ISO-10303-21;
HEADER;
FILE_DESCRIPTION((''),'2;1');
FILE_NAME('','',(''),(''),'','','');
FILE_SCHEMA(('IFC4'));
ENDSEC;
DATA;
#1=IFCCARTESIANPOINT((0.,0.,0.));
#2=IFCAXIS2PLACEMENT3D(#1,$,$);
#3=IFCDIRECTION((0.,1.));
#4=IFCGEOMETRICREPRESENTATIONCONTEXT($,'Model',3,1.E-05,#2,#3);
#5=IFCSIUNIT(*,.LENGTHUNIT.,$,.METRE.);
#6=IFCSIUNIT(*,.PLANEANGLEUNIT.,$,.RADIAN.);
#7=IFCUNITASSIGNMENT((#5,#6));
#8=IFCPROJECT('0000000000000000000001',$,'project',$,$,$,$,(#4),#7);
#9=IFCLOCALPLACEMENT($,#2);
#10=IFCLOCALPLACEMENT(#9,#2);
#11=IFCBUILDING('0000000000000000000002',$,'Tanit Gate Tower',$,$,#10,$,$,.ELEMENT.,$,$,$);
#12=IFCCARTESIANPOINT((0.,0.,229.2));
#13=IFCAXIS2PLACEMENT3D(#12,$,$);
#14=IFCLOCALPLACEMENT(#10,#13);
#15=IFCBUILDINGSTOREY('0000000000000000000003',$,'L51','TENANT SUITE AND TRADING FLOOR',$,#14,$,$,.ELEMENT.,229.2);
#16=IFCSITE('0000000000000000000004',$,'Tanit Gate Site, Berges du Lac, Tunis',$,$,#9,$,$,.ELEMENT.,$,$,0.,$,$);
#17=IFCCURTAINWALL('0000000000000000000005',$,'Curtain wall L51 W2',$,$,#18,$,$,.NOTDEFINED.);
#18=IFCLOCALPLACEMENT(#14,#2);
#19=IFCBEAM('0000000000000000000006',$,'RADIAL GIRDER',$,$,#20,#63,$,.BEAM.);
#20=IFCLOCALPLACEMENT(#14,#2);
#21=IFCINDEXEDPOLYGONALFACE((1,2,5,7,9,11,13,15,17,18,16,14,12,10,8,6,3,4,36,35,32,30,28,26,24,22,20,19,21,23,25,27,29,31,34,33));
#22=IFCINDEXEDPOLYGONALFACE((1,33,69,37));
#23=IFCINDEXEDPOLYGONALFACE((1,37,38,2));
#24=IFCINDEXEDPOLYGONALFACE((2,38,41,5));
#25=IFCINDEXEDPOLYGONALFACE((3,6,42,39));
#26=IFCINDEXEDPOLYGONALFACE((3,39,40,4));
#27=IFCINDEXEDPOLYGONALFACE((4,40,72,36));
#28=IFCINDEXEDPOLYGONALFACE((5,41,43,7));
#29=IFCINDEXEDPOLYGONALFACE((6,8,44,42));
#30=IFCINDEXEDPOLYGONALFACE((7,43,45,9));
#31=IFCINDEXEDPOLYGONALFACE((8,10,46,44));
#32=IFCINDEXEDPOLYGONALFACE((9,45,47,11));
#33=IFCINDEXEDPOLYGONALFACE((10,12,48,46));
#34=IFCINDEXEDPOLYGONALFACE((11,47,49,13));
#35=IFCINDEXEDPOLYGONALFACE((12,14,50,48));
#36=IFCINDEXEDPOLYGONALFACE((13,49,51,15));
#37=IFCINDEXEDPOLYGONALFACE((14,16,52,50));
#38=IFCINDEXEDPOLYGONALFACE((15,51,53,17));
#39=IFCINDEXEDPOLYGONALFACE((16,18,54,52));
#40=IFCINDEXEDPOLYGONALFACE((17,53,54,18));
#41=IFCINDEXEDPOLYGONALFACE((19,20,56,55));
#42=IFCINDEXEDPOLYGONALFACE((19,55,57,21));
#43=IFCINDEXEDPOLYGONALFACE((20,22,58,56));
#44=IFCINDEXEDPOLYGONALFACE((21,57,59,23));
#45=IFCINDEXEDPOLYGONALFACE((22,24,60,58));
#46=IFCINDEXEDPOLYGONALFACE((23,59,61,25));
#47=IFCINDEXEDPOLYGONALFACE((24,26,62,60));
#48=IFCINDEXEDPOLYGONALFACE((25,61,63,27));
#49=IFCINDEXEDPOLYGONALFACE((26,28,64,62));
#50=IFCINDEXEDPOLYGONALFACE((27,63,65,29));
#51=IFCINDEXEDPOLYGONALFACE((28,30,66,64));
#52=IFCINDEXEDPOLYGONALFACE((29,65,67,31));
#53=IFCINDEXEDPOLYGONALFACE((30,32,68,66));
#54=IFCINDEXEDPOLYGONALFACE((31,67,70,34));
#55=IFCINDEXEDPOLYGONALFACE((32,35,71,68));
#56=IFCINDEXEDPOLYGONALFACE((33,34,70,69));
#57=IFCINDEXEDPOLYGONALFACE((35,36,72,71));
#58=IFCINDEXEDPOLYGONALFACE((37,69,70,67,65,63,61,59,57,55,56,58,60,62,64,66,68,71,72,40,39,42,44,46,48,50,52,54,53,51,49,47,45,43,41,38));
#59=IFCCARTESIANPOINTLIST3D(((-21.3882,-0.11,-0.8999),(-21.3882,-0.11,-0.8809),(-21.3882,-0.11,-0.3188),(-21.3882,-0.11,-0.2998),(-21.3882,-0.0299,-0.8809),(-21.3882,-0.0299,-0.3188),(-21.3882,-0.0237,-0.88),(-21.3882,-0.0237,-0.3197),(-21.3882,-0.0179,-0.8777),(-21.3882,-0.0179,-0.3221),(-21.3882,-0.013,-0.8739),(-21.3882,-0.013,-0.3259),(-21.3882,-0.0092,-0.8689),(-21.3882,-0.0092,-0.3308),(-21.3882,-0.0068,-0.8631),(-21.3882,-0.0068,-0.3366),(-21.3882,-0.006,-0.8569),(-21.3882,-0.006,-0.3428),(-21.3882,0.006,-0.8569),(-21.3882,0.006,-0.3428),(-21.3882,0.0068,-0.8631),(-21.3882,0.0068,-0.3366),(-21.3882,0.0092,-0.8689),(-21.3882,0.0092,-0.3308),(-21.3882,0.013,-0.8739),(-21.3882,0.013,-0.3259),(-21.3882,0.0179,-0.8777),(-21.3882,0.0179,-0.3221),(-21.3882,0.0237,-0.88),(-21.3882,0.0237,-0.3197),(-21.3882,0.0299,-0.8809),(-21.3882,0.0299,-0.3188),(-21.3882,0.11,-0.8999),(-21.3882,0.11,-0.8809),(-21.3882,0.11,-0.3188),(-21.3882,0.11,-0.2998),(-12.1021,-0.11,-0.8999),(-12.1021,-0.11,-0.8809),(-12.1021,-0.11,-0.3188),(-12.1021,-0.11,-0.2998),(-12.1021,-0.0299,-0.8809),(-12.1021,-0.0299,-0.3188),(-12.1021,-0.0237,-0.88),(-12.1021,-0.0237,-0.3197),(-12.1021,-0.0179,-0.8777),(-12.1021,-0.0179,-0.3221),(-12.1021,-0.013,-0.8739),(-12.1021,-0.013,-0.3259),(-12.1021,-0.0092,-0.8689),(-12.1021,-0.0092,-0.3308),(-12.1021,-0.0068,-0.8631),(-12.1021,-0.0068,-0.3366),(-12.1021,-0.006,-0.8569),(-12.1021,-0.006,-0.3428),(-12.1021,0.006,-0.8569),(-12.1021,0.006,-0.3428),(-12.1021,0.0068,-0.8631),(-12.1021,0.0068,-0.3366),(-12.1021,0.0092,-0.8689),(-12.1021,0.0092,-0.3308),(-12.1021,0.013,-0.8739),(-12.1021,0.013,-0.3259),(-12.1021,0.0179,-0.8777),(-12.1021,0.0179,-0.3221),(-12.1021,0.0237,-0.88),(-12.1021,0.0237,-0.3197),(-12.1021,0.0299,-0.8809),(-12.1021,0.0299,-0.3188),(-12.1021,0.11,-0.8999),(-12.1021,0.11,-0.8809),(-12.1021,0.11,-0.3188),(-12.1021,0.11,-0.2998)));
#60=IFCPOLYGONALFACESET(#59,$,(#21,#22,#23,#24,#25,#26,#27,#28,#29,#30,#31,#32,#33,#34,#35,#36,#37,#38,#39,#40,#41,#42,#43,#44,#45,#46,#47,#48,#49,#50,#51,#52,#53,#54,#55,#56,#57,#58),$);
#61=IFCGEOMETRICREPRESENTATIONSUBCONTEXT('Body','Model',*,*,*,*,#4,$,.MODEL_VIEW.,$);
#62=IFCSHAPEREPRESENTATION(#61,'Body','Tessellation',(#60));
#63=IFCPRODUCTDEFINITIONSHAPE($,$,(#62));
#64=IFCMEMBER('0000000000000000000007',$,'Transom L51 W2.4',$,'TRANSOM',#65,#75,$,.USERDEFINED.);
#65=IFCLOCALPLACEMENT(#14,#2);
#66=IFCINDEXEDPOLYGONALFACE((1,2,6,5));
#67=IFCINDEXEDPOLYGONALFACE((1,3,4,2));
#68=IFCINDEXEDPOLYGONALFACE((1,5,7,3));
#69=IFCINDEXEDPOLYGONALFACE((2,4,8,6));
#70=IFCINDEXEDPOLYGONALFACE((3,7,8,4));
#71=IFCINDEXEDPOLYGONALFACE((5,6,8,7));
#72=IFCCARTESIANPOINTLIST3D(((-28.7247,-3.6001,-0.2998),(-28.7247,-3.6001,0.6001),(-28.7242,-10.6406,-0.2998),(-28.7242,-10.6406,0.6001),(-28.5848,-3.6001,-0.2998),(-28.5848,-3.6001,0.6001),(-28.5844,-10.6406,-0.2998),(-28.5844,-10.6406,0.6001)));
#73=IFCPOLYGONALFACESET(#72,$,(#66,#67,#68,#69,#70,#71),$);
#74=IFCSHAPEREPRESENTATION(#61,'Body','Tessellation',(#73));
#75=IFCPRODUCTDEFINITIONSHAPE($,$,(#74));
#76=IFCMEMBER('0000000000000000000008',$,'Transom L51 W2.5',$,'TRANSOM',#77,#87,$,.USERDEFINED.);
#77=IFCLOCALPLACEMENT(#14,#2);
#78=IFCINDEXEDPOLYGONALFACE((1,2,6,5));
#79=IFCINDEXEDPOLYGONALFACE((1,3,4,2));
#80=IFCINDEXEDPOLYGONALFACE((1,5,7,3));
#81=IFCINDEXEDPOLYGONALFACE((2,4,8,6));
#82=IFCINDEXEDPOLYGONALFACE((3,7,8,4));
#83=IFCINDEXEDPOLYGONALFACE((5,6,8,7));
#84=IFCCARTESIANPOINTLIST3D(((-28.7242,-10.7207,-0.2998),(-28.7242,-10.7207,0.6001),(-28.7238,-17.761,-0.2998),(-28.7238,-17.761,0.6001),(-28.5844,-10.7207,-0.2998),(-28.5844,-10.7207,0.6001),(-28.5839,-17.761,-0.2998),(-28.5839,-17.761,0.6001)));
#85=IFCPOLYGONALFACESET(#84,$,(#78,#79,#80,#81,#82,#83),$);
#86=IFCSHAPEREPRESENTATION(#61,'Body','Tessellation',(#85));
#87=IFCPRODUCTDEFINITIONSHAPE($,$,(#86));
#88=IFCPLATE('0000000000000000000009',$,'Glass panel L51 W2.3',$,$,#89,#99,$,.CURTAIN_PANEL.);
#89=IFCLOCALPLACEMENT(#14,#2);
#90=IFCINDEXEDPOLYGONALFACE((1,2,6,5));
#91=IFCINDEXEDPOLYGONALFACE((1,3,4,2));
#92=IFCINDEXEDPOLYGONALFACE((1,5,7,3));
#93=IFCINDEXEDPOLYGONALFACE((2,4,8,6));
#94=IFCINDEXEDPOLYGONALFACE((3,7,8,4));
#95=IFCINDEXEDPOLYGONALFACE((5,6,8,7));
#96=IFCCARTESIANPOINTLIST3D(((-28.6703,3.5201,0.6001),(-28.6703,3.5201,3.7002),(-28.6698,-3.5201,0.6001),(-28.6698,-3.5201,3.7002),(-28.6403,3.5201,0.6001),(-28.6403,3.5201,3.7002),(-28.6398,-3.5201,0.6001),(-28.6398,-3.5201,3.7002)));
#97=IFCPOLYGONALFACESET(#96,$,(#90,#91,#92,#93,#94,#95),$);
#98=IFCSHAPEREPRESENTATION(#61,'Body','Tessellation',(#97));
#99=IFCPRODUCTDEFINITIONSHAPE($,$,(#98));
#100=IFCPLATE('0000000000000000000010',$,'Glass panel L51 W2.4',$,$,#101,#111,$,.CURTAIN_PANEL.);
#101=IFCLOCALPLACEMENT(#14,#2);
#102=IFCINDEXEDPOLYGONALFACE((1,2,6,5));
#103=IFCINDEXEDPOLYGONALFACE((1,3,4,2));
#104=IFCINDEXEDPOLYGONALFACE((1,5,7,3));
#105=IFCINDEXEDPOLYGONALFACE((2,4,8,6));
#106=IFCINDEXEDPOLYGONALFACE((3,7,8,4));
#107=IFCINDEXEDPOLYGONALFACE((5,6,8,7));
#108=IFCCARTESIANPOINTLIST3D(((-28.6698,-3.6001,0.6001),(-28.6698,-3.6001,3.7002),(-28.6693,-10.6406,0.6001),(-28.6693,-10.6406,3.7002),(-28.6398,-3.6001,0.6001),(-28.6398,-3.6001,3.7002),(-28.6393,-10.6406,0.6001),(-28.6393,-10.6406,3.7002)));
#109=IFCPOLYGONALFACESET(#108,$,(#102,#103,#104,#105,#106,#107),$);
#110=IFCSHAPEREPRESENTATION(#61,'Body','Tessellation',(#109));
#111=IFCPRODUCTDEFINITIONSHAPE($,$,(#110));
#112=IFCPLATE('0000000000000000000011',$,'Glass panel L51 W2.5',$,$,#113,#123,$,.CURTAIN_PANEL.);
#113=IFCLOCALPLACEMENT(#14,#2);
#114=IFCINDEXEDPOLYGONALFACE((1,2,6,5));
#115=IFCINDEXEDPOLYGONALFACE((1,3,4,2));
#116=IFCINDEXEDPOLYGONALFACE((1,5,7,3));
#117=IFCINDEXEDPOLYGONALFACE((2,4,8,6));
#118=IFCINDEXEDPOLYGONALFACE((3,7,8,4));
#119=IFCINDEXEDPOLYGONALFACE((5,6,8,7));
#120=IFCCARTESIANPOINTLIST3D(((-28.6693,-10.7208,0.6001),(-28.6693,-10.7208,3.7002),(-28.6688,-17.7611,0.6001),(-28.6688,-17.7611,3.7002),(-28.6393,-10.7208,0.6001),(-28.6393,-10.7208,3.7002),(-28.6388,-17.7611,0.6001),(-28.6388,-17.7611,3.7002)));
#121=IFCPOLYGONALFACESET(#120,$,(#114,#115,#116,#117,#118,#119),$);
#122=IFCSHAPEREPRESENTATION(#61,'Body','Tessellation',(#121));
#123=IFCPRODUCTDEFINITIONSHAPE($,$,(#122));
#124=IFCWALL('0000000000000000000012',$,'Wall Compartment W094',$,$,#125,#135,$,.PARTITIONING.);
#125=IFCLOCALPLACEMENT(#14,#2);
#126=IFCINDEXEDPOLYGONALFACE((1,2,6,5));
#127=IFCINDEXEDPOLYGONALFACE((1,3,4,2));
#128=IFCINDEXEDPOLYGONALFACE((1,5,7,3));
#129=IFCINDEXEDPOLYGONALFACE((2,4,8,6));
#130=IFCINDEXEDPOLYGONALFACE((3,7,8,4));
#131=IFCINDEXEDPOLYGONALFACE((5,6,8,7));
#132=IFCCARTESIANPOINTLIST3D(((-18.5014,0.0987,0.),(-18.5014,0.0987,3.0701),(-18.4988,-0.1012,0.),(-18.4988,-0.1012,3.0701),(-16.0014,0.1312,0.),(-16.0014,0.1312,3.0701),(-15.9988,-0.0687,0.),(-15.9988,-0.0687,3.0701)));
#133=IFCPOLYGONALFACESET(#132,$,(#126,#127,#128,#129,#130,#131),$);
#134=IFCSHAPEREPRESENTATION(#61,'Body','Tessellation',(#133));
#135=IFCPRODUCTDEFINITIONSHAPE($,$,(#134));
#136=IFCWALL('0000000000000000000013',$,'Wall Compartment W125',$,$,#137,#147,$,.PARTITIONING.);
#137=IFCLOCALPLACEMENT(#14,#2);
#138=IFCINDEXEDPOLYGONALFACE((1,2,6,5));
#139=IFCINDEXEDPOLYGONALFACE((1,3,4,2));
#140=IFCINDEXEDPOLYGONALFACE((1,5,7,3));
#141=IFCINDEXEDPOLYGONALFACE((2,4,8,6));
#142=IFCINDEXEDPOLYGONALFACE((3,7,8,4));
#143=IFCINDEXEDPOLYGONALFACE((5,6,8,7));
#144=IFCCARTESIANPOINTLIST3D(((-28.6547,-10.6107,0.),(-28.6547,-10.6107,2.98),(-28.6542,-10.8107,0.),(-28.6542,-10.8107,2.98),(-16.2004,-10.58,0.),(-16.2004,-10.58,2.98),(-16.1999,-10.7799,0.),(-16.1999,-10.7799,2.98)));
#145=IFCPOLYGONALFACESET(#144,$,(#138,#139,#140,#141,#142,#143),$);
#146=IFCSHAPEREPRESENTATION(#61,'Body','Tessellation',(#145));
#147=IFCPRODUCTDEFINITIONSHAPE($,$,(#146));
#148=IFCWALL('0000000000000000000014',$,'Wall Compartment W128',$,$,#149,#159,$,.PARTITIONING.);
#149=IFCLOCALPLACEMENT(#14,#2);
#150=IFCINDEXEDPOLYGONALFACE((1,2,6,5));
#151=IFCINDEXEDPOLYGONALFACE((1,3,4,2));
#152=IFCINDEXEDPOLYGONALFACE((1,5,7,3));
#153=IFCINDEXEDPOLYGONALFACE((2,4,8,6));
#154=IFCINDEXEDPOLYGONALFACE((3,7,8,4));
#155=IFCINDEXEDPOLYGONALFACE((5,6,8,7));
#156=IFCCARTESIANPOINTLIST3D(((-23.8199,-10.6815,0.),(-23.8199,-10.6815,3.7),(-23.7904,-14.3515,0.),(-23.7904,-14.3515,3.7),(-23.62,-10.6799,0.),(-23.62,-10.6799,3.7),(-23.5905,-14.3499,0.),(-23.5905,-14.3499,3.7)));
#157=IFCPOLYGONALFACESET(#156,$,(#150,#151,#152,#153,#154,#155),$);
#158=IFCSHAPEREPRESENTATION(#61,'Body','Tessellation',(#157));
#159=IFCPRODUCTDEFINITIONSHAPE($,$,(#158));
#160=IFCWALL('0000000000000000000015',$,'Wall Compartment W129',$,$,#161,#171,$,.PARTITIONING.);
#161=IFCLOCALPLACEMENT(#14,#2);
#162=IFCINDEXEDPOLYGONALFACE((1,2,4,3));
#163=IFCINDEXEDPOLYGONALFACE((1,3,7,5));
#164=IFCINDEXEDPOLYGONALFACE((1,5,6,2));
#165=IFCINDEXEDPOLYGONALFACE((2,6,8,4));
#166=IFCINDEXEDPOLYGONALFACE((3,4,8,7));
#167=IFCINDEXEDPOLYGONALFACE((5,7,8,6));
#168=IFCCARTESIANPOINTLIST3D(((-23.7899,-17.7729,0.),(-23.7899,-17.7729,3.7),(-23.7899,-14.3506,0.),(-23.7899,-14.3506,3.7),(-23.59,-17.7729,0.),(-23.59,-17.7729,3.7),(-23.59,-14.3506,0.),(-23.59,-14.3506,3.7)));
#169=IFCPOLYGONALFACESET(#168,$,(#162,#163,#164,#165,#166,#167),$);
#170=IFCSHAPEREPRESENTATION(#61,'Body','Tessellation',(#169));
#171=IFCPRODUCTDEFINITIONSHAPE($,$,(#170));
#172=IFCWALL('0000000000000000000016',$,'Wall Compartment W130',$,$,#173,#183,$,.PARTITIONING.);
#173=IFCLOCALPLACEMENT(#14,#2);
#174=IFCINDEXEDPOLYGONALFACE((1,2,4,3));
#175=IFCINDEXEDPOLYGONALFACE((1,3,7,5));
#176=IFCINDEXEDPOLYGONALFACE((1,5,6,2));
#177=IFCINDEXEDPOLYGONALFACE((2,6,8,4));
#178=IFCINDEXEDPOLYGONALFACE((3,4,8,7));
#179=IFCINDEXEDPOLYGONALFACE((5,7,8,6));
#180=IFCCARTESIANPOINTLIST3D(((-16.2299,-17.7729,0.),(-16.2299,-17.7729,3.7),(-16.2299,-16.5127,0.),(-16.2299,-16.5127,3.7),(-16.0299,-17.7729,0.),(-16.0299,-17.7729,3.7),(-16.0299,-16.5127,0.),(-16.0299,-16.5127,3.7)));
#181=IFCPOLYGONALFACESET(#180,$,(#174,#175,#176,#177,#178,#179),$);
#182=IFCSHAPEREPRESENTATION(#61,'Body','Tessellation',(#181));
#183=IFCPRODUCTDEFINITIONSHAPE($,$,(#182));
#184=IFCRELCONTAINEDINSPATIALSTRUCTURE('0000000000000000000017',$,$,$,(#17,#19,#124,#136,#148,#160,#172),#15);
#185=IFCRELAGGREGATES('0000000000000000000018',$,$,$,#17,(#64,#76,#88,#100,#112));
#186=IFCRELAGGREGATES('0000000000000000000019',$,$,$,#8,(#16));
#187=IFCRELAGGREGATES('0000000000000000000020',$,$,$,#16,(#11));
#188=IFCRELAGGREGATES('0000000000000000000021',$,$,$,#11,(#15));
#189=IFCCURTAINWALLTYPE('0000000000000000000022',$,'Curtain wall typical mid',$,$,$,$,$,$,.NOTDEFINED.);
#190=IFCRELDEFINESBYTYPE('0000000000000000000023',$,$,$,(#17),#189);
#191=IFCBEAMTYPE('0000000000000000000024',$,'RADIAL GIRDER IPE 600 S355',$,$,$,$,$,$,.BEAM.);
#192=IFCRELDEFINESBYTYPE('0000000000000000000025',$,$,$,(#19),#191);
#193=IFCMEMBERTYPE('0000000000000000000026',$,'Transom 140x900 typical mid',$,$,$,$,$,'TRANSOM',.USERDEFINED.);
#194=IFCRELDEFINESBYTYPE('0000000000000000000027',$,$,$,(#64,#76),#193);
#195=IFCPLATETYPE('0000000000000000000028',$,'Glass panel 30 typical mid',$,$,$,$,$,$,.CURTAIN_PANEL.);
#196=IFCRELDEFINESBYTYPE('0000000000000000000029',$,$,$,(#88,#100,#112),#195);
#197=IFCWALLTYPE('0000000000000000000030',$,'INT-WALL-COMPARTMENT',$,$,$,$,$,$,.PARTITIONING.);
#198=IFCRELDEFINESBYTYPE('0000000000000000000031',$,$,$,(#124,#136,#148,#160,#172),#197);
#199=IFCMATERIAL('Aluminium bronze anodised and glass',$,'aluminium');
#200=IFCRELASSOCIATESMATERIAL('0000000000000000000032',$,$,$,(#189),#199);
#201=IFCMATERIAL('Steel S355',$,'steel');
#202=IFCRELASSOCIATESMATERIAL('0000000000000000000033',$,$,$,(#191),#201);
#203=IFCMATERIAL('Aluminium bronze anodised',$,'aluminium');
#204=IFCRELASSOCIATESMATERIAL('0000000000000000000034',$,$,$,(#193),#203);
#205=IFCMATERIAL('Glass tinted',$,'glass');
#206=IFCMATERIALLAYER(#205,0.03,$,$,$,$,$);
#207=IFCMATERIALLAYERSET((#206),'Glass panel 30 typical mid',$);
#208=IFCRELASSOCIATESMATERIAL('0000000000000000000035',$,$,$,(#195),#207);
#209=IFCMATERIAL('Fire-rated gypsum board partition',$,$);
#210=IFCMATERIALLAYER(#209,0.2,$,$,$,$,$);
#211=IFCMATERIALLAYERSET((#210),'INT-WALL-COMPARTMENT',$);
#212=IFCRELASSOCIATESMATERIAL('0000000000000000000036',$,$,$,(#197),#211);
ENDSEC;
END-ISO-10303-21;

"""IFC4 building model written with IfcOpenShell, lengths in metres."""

from ifc_helpers import new_model, si_unit, direction, frame, frame_2d, origin, origin_2d, place, context, subcontext, project, spatial, rectangle, i_section, extrude, material, layer, layer_set, material_profile, profile_set, type_object, element, aggregate, save


model = new_model("IFC4")

# Units and contexts
model_context = context("Model", 3, precision=1e-05, world=origin(), true_north=direction((0.0, 1.0)))
body_context = subcontext(model_context, "Body", "Model", "MODEL_VIEW")
ifc_project = project(units=[si_unit("LENGTHUNIT", "METRE"), si_unit("PLANEANGLEUNIT", "RADIAN")], contexts=[model_context])

# Site, building, storey
site_placement = place(None, origin())
site = spatial("IfcSite", under=ifc_project, at=site_placement, Name="Tanit Gate Site, Berges du Lac, Tunis", CompositionType="ELEMENT", RefElevation=0.0)
building_placement = place(site_placement, origin())
building = spatial("IfcBuilding", under=site, at=building_placement, Name="Tanit Gate Tower", CompositionType="ELEMENT")
storey_placement = place(building_placement, frame((0.0, 0.0, 229.2)))
storey = spatial("IfcBuildingStorey", under=building, at=storey_placement, Name="L51", Description="TENANT SUITE AND TRADING FLOOR", CompositionType="ELEMENT", Elevation=229.2)

# Curtain wall
ifc_material_1 = material(Name="Aluminium bronze anodised and glass", Category="aluminium")
curtain_wall_type = type_object("IfcCurtainWallType", Name="Curtain wall typical mid", PredefinedType="NOTDEFINED", material=ifc_material_1)
curtain_wall_placement = place(storey_placement, origin())
curtain_wall = element("IfcCurtainWall", 1, at=curtain_wall_placement, inside=storey, type_object=curtain_wall_type, Name="Curtain wall L51 W2", PredefinedType="NOTDEFINED")

# Beam
ifc_material_2 = material(Name="Steel S355", Category="steel")
ifc_material_profile_1 = material_profile(ifc_material_2, i_section(OverallWidth=0.22, OverallDepth=0.6001, WebThickness=0.012, FlangeThickness=0.019, FilletRadius=0.0239, at=origin_2d()), Name="IPE 600")
ifc_profile_set_1 = profile_set([ifc_material_profile_1], Name="Steel S355")
beam_type_1 = type_object("IfcBeamType", Name="RADIAL GIRDER IPE 600 S355", PredefinedType="BEAM", material=ifc_profile_set_1)
beam_1_placement = place(storey_placement, frame((-21.3882, 0.0, -0.5999), z_axis=(1.0, 0.0, 0.0), x_axis=(0.0, 1.0, 0.0)))
element("IfcBeam", 2, at=beam_1_placement, inside=storey, type_object=beam_type_1, Name="RADIAL GIRDER", PredefinedType="BEAM", context=body_context, shape_type="SweptSolid", body=[
    extrude(i_section(OverallWidth=0.22, OverallDepth=0.6001, WebThickness=0.012, FlangeThickness=0.019, FilletRadius=0.0239, at=origin_2d()), origin(), (0.0, 0.0, 1.0), 9.2861),
])

# Members
ifc_material_3 = material(Name="Aluminium bronze anodised", Category="aluminium")
ifc_material_profile_2 = material_profile(ifc_material_3, rectangle(XDim=0.1399, YDim=0.8999, at=origin_2d()), Name="140x900 bronze transom")
ifc_profile_set_2 = profile_set([ifc_material_profile_2], Name="Aluminium bronze anodised")
member_type_1 = type_object("IfcMemberType", Name="Transom 140x900 typical mid", ElementType="TRANSOM", PredefinedType="USERDEFINED", material=ifc_profile_set_2)
member_1_placement = place(storey_placement, frame((-28.6548, -3.6001, 0.1501), z_axis=(0.000069, -1.0, 0.0), x_axis=(1.0, 0.000069, 0.0)))
member_1 = element("IfcMember", 3, at=member_1_placement, type_object=member_type_1, Name="Transom L51 W2.4", ObjectType="TRANSOM", PredefinedType="USERDEFINED", context=body_context, shape_type="SweptSolid", body=[
    extrude(rectangle(XDim=0.1399, YDim=0.8999, at=origin_2d()), origin(), (0.0, 0.0, 1.0), 7.0405),
])
member_2_placement = place(storey_placement, frame((-28.6543, -10.7207, 0.1501), z_axis=(0.000069, -1.0, 0.0), x_axis=(1.0, 0.000069, 0.0)))
member_2 = element("IfcMember", 4, at=member_2_placement, type_object=member_type_1, Name="Transom L51 W2.5", ObjectType="TRANSOM", PredefinedType="USERDEFINED", context=body_context, shape_type="SweptSolid", body=[
    extrude(rectangle(XDim=0.1399, YDim=0.8999, at=origin_2d()), origin(), (0.0, 0.0, 1.0), 7.0403),
])

# Plates
ifc_material_4 = material(Name="Glass tinted", Category="glass")
ifc_layer_1 = layer(ifc_material_4, 0.03)
ifc_layer_set_1 = layer_set([ifc_layer_1], Name="Glass panel 30 typical mid")
plate_type = type_object("IfcPlateType", Name="Glass panel 30 typical mid", PredefinedType="CURTAIN_PANEL", material=ifc_layer_set_1)
plate_1_placement = place(storey_placement, frame((-28.655, 0.0, 0.6001), z_axis=(0.0, 0.0, 1.0), x_axis=(0.000069, -1.0, 0.0)))
plate_1 = element("IfcPlate", 5, at=plate_1_placement, type_object=plate_type, Name="Glass panel L51 W2.3", PredefinedType="CURTAIN_PANEL", context=body_context, shape_type="SweptSolid", body=[
    extrude(rectangle(XDim=7.0403, YDim=0.03, at=origin_2d()), origin(), (0.0, 0.0, 1.0), 3.1001),
])
plate_2_placement = place(storey_placement, frame((-28.6545, -7.1204, 0.6001), z_axis=(0.0, 0.0, 1.0), x_axis=(0.000069, -1.0, 0.0)))
plate_2 = element("IfcPlate", 6, at=plate_2_placement, type_object=plate_type, Name="Glass panel L51 W2.4", PredefinedType="CURTAIN_PANEL", context=body_context, shape_type="SweptSolid", body=[
    extrude(rectangle(XDim=7.0405, YDim=0.03, at=origin_2d()), origin(), (0.0, 0.0, 1.0), 3.1001),
])
plate_3_placement = place(storey_placement, frame((-28.6541, -14.241, 0.6001), z_axis=(0.0, 0.0, 1.0), x_axis=(0.000069, -1.0, 0.0)))
plate_3 = element("IfcPlate", 7, at=plate_3_placement, type_object=plate_type, Name="Glass panel L51 W2.5", PredefinedType="CURTAIN_PANEL", context=body_context, shape_type="SweptSolid", body=[
    extrude(rectangle(XDim=7.0403, YDim=0.03, at=origin_2d()), origin(), (0.0, 0.0, 1.0), 3.1001),
])
aggregate(curtain_wall, [member_1, member_2, plate_1, plate_2, plate_3])

# Walls
ifc_material_5 = material(Name="Fire-rated gypsum board partition")
ifc_layer_2 = layer(ifc_material_5, 0.2)
ifc_layer_set_2 = layer_set([ifc_layer_2], Name="INT-WALL-COMPARTMENT")
wall_type_1 = type_object("IfcWallType", Name="INT-WALL-COMPARTMENT", PredefinedType="PARTITIONING", material=ifc_layer_set_2)
wall_1_placement = place(storey_placement, frame((-18.5, -0.0012, 0.0), z_axis=(0.0, 0.0, 1.0), x_axis=(0.999916, 0.012987, 0.0)))
element("IfcWall", 8, at=wall_1_placement, inside=storey, type_object=wall_type_1, Name="Wall Compartment W094", PredefinedType="PARTITIONING", context=body_context, shape_type="SweptSolid", body=[
    extrude(rectangle(XDim=2.5002, YDim=0.2, at=frame_2d((1.25, 0.0))), origin(), (0.0, 0.0, 1.0), 3.0701),
])
wall_2_placement = place(storey_placement, frame((-28.6543, -10.7107, 0.0), z_axis=(0.0, 0.0, 1.0), x_axis=(0.999997, 0.00247, 0.0)))
element("IfcWall", 9, at=wall_2_placement, inside=storey, type_object=wall_type_1, Name="Wall Compartment W125", PredefinedType="PARTITIONING", context=body_context, shape_type="SweptSolid", body=[
    extrude(rectangle(XDim=12.4543, YDim=0.2, at=frame_2d((6.2271, 0.0))), origin(), (0.0, 0.0, 1.0), 2.98),
])
wall_3_placement = place(storey_placement, frame((-23.6904, -14.3506, 0.0), z_axis=(0.0, 0.0, 1.0), x_axis=(-0.008049, 0.999968, 0.0)))
element("IfcWall", 10, at=wall_3_placement, inside=storey, type_object=wall_type_1, Name="Wall Compartment W128", PredefinedType="PARTITIONING", context=body_context, shape_type="SweptSolid", body=[
    extrude(rectangle(XDim=3.6702, YDim=0.2, at=frame_2d((1.835, 0.0))), origin(), (0.0, 0.0, 1.0), 3.7),
])
wall_4_placement = place(storey_placement, frame((-23.6899, -17.7729, 0.0), z_axis=(0.0, 0.0, 1.0), x_axis=(0.0, 1.0, 0.0)))
element("IfcWall", 11, at=wall_4_placement, inside=storey, type_object=wall_type_1, Name="Wall Compartment W129", PredefinedType="PARTITIONING", context=body_context, shape_type="SweptSolid", body=[
    extrude(rectangle(XDim=3.4224, YDim=0.2, at=frame_2d((1.7112, 0.0))), origin(), (0.0, 0.0, 1.0), 3.7),
])
wall_5_placement = place(storey_placement, frame((-16.1299, -17.7729, 0.0), z_axis=(0.0, 0.0, 1.0), x_axis=(0.0, 1.0, 0.0)))
element("IfcWall", 12, at=wall_5_placement, inside=storey, type_object=wall_type_1, Name="Wall Compartment W130", PredefinedType="PARTITIONING", context=body_context, shape_type="SweptSolid", body=[
    extrude(rectangle(XDim=1.2603, YDim=0.2, at=frame_2d((0.6301, 0.0))), origin(), (0.0, 0.0, 1.0), 3.7),
])

save(model, "model.ifc")
